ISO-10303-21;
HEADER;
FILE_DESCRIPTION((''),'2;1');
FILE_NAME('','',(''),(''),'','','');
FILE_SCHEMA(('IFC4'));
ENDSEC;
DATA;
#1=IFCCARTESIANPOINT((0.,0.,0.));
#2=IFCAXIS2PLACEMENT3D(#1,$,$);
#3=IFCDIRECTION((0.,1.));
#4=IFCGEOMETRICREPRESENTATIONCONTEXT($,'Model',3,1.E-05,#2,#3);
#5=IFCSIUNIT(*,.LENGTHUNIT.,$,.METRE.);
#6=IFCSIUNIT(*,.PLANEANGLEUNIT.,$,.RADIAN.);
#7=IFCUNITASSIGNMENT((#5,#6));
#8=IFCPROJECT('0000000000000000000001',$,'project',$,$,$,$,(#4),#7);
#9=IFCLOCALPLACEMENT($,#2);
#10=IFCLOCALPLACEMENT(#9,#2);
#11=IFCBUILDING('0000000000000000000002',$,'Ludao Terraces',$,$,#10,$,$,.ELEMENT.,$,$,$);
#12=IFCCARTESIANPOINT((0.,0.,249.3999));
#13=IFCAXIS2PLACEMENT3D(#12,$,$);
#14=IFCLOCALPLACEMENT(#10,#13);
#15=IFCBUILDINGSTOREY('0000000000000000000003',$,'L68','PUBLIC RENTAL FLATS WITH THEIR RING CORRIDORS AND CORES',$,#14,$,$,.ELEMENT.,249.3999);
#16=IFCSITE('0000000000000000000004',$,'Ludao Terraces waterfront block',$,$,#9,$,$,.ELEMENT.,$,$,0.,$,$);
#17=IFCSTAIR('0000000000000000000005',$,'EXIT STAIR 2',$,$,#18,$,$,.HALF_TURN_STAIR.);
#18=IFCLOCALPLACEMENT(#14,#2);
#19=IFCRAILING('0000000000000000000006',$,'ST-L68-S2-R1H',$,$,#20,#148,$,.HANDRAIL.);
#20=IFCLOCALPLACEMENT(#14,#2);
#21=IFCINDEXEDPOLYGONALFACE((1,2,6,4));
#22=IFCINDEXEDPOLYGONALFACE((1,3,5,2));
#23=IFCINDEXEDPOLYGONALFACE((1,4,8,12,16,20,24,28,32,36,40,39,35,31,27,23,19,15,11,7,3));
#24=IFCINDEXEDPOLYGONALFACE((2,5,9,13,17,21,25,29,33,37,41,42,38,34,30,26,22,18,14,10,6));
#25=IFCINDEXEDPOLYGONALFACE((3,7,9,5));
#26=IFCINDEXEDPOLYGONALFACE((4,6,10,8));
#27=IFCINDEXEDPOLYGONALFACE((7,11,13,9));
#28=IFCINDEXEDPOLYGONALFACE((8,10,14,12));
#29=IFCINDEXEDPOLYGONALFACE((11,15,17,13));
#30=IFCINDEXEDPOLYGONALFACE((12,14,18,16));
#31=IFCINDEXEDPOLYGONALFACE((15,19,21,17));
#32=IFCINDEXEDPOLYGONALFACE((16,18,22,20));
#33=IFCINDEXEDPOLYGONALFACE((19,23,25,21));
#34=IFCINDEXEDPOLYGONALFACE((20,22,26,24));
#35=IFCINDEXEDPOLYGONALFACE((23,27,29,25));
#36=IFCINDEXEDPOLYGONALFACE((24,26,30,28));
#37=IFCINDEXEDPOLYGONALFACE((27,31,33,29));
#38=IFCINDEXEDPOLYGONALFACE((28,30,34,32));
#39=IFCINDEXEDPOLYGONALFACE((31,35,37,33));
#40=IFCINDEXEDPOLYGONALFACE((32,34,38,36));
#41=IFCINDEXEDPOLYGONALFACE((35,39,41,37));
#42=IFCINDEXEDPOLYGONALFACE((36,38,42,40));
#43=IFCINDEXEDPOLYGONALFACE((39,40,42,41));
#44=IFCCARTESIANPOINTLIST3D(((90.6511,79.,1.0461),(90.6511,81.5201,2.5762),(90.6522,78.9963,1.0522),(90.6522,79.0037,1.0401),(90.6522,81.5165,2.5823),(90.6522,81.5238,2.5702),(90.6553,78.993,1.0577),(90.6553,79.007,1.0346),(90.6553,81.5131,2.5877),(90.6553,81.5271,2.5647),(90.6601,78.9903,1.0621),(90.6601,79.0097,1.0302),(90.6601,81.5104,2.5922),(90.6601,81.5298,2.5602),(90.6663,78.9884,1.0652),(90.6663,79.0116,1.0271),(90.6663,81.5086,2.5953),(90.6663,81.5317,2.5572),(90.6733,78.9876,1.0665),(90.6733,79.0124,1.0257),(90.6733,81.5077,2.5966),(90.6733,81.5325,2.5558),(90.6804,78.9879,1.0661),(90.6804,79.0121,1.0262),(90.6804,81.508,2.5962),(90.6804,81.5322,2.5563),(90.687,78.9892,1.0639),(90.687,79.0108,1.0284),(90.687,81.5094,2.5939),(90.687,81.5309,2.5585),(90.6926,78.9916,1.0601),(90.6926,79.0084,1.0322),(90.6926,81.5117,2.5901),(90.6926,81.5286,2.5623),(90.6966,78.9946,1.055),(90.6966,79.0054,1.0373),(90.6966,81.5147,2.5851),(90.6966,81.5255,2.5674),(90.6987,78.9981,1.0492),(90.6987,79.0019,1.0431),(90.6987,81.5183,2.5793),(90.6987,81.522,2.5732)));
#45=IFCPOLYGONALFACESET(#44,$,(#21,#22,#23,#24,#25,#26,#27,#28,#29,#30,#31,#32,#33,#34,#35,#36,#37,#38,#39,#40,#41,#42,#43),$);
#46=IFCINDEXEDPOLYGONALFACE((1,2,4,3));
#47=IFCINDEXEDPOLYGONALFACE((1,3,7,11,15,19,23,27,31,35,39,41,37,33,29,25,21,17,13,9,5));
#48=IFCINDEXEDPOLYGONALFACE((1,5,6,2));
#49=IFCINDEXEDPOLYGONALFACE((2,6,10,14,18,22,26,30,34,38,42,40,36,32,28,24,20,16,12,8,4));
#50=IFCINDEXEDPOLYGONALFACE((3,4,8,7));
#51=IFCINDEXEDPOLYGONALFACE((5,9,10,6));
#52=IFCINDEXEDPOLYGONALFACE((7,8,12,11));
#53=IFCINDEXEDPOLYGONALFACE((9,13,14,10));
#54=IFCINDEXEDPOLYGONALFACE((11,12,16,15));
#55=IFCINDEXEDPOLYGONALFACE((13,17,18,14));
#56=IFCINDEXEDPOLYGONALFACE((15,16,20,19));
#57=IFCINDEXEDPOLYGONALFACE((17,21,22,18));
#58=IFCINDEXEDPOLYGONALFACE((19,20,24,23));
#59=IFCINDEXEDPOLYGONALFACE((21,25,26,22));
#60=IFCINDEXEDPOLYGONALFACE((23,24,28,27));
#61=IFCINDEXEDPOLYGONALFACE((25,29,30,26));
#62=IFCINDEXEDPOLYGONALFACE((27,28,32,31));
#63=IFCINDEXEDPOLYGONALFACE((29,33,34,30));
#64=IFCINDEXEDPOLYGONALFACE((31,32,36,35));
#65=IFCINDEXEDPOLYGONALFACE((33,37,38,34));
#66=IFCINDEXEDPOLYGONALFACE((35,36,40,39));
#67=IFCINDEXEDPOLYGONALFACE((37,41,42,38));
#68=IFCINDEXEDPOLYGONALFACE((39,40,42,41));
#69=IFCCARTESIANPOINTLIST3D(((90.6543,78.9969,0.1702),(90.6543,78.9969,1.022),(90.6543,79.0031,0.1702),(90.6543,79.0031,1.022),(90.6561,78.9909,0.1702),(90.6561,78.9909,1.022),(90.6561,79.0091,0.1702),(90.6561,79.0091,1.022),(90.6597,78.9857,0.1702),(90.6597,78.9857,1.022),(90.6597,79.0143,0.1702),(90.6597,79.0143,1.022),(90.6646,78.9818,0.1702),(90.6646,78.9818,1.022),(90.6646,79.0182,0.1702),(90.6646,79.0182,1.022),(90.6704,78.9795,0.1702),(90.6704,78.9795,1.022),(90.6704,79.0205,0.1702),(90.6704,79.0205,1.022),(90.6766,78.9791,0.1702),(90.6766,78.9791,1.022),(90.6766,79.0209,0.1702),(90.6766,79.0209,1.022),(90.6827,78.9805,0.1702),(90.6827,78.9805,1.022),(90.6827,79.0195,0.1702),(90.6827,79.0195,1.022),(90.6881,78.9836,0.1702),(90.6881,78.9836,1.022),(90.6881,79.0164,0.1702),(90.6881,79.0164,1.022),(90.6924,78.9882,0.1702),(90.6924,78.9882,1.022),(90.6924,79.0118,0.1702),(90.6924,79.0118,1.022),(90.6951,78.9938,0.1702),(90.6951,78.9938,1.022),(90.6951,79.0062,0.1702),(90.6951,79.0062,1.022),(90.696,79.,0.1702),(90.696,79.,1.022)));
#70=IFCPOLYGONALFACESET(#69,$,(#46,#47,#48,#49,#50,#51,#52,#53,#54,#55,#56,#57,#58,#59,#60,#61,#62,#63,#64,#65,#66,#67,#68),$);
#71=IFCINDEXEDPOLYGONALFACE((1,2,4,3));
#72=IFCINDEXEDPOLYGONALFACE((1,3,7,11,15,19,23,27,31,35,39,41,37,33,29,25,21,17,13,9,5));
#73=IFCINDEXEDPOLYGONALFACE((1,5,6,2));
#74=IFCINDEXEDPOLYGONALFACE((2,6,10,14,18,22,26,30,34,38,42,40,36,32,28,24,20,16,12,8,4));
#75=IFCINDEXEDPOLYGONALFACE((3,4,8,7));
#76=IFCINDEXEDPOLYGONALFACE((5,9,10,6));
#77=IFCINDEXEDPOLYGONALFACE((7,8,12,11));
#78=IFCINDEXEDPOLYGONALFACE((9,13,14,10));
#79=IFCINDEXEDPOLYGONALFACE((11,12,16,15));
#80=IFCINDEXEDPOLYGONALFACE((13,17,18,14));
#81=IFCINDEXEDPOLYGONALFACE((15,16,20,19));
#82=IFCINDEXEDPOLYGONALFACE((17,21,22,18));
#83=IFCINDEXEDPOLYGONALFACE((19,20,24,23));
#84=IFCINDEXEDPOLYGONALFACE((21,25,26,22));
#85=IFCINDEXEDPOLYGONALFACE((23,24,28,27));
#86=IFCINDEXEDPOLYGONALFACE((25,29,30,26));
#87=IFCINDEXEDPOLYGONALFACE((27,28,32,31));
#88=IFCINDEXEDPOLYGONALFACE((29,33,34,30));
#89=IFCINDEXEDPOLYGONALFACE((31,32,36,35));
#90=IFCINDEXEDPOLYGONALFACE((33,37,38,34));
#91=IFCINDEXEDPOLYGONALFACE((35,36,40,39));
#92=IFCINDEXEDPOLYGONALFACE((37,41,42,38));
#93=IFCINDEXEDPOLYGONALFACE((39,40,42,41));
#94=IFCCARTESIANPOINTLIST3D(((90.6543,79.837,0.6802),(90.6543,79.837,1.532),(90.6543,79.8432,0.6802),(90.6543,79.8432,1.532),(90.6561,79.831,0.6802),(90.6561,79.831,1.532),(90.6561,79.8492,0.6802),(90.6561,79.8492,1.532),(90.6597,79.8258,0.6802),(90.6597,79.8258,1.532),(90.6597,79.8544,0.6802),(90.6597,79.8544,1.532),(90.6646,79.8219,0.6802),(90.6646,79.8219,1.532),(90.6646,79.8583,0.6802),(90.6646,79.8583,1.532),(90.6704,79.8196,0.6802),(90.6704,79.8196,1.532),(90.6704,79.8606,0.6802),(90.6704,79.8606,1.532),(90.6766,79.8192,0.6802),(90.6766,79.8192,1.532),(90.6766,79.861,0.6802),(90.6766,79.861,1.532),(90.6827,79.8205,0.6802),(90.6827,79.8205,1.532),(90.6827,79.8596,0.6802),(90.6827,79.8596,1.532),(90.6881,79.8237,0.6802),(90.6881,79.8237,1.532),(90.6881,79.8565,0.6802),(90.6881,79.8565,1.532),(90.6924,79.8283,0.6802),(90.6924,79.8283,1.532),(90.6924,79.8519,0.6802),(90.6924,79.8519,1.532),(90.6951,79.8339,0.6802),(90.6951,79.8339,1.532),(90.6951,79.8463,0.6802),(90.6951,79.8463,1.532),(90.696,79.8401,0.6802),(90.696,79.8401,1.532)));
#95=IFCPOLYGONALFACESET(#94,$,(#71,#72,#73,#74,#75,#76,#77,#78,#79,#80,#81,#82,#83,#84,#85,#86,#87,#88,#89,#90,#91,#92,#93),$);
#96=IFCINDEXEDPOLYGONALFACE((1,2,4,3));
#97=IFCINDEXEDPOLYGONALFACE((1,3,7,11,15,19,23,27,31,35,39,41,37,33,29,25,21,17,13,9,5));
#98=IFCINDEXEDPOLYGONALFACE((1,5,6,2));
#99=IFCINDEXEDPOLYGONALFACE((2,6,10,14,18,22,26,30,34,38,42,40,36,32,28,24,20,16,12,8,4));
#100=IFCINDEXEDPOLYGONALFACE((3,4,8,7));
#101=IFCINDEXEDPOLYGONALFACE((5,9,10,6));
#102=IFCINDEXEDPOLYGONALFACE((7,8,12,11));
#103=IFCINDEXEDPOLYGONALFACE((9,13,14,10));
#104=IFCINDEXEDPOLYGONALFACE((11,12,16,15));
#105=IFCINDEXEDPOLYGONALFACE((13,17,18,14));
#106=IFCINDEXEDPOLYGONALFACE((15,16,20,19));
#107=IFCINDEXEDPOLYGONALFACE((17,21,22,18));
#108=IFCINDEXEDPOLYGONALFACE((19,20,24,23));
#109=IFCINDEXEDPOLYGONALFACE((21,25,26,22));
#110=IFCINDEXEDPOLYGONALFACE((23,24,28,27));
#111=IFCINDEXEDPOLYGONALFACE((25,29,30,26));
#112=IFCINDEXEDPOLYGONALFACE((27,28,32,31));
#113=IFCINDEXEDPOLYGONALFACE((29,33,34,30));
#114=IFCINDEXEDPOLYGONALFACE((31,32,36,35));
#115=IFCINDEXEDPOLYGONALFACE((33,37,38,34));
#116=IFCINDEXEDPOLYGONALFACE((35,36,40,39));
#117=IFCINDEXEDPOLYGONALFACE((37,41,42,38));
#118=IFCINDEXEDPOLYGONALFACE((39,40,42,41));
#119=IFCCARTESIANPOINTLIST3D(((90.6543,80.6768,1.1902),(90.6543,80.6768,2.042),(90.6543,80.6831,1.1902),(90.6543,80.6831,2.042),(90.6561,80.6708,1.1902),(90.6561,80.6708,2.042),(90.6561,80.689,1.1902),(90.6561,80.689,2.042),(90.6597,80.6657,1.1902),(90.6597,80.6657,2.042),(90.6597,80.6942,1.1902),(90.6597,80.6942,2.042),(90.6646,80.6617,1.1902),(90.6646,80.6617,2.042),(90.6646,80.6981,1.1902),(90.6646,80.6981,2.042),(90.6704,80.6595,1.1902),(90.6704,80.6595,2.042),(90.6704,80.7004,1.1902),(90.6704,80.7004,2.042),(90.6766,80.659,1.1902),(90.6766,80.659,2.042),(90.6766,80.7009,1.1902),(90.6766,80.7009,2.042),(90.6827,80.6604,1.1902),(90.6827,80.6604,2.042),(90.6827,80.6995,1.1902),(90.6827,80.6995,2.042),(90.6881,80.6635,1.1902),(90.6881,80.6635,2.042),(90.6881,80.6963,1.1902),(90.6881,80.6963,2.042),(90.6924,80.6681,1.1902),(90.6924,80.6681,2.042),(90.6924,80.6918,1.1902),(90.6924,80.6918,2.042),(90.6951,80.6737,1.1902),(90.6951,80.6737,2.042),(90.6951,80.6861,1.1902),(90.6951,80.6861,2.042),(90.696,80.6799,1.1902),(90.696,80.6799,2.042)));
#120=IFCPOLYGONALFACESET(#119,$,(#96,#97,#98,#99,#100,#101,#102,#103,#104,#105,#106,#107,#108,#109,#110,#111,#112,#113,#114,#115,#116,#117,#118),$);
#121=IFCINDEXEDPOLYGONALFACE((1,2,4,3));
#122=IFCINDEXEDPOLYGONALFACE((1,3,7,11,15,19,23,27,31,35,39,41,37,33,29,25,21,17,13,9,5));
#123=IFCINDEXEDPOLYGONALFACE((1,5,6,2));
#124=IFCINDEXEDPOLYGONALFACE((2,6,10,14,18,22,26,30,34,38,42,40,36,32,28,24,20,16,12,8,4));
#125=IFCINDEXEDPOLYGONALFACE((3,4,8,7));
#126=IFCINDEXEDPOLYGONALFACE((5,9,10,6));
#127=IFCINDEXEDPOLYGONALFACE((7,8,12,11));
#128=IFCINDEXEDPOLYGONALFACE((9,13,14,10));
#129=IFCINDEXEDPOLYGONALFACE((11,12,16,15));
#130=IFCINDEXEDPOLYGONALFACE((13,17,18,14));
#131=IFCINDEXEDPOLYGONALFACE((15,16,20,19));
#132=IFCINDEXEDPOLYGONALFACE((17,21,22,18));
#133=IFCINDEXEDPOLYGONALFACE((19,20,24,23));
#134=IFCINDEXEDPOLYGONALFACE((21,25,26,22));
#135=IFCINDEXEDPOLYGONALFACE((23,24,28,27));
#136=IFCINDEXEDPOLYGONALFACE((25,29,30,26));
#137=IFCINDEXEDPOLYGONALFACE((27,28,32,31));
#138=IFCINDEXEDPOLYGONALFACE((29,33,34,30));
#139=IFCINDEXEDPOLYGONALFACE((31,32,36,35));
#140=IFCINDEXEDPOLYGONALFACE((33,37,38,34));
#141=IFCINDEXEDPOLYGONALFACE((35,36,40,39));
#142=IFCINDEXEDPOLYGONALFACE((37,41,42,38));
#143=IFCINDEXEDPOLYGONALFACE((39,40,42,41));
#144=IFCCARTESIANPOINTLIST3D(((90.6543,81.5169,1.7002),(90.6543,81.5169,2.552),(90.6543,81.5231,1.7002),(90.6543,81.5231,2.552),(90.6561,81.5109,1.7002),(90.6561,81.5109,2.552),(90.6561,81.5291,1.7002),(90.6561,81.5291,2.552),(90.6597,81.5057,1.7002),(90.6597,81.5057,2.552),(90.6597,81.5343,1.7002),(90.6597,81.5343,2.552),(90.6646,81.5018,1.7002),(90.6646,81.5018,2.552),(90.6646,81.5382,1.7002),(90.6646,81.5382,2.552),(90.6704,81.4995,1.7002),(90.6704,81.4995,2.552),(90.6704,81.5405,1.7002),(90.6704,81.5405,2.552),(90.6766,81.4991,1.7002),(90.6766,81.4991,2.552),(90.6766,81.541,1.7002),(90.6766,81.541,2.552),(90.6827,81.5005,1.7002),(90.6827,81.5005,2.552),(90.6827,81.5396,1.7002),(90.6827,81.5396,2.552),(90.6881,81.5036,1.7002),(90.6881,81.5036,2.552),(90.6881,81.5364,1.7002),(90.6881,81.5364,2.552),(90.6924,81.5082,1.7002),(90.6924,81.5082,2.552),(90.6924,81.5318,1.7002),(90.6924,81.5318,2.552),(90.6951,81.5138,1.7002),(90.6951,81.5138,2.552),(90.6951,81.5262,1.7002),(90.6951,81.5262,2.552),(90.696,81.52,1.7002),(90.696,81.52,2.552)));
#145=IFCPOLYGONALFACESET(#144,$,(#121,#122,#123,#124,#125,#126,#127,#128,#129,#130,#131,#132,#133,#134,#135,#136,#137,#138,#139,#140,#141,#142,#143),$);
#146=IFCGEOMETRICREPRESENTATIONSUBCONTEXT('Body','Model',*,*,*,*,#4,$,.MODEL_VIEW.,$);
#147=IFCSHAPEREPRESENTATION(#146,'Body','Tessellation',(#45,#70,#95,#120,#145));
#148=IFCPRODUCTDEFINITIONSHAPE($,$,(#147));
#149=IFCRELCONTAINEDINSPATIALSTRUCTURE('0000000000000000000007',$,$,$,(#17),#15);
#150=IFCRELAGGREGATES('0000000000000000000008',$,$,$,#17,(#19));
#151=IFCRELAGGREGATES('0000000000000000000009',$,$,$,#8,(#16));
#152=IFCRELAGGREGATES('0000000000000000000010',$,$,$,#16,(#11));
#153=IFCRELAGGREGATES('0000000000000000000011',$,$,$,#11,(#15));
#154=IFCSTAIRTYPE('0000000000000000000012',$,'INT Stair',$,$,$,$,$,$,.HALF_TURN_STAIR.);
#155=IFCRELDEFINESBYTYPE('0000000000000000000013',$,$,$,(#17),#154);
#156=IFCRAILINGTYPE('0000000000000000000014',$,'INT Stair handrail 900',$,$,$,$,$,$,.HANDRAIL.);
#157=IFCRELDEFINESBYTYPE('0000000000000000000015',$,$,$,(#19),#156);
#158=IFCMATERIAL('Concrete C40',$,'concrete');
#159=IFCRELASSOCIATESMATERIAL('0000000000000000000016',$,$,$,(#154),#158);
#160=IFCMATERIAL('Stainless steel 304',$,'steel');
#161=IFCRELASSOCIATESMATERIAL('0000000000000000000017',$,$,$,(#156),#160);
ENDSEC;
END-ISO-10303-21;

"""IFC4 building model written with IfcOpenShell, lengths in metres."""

from ifc_helpers import new_model, si_unit, direction, frame, origin, origin_2d, place, context, subcontext, project, spatial, circle, extrude, material, type_object, element, aggregate, save


model = new_model("IFC4")

# Units and contexts
model_context = context("Model", 3, precision=1e-05, world=origin(), true_north=direction((0.0, 1.0)))
body_context = subcontext(model_context, "Body", "Model", "MODEL_VIEW")
ifc_project = project(units=[si_unit("LENGTHUNIT", "METRE"), si_unit("PLANEANGLEUNIT", "RADIAN")], contexts=[model_context])

# Site, building, storey
site_placement = place(None, origin())
site = spatial("IfcSite", under=ifc_project, at=site_placement, Name="Ludao Terraces waterfront block", CompositionType="ELEMENT", RefElevation=0.0)
building_placement = place(site_placement, origin())
building = spatial("IfcBuilding", under=site, at=building_placement, Name="Ludao Terraces", CompositionType="ELEMENT")
storey_placement = place(building_placement, frame((0.0, 0.0, 249.3999)))
storey = spatial("IfcBuildingStorey", under=building, at=storey_placement, Name="L68", Description="PUBLIC RENTAL FLATS WITH THEIR RING CORRIDORS AND CORES", CompositionType="ELEMENT", Elevation=249.3999)

# Shared definitions
ifc_material_1 = material(Name="Stainless steel 304", Category="steel")

# Stair, railing
ifc_material_2 = material(Name="Concrete C40", Category="concrete")
stair_type = type_object("IfcStairType", Name="INT Stair", PredefinedType="HALF_TURN_STAIR", material=ifc_material_2)
stair_placement = place(storey_placement, origin())
stair = element("IfcStair", 1, at=stair_placement, inside=storey, type_object=stair_type, Name="EXIT STAIR 2", PredefinedType="HALF_TURN_STAIR")
railing_type_1 = type_object("IfcRailingType", Name="INT Stair handrail 900", PredefinedType="HANDRAIL", material=ifc_material_1)
railing_1_placement = place(storey_placement, frame((90.675, 79.0, 0.1702)))
railing_1 = element("IfcRailing", 2, at=railing_1_placement, type_object=railing_type_1, Name="ST-L68-S2-R1H", PredefinedType="HANDRAIL", context=body_context, shape_type="SweptSolid", body=[
    extrude(circle(Radius=0.0239, at=origin_2d()), frame((0.0, 0.0, 0.876), z_axis=(0.0, 0.854785, 0.518982), x_axis=(-1.0, 0.0, 0.0)), (0.0, 0.0, 1.0), 2.9482),
    extrude(circle(Radius=0.021, at=origin_2d()), origin(), (0.0, 0.0, 1.0), 0.8518),
    extrude(circle(Radius=0.021, at=origin_2d()), frame((0.0, 0.8401, 0.51)), (0.0, 0.0, 1.0), 0.8518),
    extrude(circle(Radius=0.021, at=origin_2d()), frame((0.0, 1.6799, 1.02)), (0.0, 0.0, 1.0), 0.8518),
    extrude(circle(Radius=0.021, at=origin_2d()), frame((0.0, 2.52, 1.53)), (0.0, 0.0, 1.0), 0.8518),
])
aggregate(stair, [railing_1])

save(model, "model.ifc")
